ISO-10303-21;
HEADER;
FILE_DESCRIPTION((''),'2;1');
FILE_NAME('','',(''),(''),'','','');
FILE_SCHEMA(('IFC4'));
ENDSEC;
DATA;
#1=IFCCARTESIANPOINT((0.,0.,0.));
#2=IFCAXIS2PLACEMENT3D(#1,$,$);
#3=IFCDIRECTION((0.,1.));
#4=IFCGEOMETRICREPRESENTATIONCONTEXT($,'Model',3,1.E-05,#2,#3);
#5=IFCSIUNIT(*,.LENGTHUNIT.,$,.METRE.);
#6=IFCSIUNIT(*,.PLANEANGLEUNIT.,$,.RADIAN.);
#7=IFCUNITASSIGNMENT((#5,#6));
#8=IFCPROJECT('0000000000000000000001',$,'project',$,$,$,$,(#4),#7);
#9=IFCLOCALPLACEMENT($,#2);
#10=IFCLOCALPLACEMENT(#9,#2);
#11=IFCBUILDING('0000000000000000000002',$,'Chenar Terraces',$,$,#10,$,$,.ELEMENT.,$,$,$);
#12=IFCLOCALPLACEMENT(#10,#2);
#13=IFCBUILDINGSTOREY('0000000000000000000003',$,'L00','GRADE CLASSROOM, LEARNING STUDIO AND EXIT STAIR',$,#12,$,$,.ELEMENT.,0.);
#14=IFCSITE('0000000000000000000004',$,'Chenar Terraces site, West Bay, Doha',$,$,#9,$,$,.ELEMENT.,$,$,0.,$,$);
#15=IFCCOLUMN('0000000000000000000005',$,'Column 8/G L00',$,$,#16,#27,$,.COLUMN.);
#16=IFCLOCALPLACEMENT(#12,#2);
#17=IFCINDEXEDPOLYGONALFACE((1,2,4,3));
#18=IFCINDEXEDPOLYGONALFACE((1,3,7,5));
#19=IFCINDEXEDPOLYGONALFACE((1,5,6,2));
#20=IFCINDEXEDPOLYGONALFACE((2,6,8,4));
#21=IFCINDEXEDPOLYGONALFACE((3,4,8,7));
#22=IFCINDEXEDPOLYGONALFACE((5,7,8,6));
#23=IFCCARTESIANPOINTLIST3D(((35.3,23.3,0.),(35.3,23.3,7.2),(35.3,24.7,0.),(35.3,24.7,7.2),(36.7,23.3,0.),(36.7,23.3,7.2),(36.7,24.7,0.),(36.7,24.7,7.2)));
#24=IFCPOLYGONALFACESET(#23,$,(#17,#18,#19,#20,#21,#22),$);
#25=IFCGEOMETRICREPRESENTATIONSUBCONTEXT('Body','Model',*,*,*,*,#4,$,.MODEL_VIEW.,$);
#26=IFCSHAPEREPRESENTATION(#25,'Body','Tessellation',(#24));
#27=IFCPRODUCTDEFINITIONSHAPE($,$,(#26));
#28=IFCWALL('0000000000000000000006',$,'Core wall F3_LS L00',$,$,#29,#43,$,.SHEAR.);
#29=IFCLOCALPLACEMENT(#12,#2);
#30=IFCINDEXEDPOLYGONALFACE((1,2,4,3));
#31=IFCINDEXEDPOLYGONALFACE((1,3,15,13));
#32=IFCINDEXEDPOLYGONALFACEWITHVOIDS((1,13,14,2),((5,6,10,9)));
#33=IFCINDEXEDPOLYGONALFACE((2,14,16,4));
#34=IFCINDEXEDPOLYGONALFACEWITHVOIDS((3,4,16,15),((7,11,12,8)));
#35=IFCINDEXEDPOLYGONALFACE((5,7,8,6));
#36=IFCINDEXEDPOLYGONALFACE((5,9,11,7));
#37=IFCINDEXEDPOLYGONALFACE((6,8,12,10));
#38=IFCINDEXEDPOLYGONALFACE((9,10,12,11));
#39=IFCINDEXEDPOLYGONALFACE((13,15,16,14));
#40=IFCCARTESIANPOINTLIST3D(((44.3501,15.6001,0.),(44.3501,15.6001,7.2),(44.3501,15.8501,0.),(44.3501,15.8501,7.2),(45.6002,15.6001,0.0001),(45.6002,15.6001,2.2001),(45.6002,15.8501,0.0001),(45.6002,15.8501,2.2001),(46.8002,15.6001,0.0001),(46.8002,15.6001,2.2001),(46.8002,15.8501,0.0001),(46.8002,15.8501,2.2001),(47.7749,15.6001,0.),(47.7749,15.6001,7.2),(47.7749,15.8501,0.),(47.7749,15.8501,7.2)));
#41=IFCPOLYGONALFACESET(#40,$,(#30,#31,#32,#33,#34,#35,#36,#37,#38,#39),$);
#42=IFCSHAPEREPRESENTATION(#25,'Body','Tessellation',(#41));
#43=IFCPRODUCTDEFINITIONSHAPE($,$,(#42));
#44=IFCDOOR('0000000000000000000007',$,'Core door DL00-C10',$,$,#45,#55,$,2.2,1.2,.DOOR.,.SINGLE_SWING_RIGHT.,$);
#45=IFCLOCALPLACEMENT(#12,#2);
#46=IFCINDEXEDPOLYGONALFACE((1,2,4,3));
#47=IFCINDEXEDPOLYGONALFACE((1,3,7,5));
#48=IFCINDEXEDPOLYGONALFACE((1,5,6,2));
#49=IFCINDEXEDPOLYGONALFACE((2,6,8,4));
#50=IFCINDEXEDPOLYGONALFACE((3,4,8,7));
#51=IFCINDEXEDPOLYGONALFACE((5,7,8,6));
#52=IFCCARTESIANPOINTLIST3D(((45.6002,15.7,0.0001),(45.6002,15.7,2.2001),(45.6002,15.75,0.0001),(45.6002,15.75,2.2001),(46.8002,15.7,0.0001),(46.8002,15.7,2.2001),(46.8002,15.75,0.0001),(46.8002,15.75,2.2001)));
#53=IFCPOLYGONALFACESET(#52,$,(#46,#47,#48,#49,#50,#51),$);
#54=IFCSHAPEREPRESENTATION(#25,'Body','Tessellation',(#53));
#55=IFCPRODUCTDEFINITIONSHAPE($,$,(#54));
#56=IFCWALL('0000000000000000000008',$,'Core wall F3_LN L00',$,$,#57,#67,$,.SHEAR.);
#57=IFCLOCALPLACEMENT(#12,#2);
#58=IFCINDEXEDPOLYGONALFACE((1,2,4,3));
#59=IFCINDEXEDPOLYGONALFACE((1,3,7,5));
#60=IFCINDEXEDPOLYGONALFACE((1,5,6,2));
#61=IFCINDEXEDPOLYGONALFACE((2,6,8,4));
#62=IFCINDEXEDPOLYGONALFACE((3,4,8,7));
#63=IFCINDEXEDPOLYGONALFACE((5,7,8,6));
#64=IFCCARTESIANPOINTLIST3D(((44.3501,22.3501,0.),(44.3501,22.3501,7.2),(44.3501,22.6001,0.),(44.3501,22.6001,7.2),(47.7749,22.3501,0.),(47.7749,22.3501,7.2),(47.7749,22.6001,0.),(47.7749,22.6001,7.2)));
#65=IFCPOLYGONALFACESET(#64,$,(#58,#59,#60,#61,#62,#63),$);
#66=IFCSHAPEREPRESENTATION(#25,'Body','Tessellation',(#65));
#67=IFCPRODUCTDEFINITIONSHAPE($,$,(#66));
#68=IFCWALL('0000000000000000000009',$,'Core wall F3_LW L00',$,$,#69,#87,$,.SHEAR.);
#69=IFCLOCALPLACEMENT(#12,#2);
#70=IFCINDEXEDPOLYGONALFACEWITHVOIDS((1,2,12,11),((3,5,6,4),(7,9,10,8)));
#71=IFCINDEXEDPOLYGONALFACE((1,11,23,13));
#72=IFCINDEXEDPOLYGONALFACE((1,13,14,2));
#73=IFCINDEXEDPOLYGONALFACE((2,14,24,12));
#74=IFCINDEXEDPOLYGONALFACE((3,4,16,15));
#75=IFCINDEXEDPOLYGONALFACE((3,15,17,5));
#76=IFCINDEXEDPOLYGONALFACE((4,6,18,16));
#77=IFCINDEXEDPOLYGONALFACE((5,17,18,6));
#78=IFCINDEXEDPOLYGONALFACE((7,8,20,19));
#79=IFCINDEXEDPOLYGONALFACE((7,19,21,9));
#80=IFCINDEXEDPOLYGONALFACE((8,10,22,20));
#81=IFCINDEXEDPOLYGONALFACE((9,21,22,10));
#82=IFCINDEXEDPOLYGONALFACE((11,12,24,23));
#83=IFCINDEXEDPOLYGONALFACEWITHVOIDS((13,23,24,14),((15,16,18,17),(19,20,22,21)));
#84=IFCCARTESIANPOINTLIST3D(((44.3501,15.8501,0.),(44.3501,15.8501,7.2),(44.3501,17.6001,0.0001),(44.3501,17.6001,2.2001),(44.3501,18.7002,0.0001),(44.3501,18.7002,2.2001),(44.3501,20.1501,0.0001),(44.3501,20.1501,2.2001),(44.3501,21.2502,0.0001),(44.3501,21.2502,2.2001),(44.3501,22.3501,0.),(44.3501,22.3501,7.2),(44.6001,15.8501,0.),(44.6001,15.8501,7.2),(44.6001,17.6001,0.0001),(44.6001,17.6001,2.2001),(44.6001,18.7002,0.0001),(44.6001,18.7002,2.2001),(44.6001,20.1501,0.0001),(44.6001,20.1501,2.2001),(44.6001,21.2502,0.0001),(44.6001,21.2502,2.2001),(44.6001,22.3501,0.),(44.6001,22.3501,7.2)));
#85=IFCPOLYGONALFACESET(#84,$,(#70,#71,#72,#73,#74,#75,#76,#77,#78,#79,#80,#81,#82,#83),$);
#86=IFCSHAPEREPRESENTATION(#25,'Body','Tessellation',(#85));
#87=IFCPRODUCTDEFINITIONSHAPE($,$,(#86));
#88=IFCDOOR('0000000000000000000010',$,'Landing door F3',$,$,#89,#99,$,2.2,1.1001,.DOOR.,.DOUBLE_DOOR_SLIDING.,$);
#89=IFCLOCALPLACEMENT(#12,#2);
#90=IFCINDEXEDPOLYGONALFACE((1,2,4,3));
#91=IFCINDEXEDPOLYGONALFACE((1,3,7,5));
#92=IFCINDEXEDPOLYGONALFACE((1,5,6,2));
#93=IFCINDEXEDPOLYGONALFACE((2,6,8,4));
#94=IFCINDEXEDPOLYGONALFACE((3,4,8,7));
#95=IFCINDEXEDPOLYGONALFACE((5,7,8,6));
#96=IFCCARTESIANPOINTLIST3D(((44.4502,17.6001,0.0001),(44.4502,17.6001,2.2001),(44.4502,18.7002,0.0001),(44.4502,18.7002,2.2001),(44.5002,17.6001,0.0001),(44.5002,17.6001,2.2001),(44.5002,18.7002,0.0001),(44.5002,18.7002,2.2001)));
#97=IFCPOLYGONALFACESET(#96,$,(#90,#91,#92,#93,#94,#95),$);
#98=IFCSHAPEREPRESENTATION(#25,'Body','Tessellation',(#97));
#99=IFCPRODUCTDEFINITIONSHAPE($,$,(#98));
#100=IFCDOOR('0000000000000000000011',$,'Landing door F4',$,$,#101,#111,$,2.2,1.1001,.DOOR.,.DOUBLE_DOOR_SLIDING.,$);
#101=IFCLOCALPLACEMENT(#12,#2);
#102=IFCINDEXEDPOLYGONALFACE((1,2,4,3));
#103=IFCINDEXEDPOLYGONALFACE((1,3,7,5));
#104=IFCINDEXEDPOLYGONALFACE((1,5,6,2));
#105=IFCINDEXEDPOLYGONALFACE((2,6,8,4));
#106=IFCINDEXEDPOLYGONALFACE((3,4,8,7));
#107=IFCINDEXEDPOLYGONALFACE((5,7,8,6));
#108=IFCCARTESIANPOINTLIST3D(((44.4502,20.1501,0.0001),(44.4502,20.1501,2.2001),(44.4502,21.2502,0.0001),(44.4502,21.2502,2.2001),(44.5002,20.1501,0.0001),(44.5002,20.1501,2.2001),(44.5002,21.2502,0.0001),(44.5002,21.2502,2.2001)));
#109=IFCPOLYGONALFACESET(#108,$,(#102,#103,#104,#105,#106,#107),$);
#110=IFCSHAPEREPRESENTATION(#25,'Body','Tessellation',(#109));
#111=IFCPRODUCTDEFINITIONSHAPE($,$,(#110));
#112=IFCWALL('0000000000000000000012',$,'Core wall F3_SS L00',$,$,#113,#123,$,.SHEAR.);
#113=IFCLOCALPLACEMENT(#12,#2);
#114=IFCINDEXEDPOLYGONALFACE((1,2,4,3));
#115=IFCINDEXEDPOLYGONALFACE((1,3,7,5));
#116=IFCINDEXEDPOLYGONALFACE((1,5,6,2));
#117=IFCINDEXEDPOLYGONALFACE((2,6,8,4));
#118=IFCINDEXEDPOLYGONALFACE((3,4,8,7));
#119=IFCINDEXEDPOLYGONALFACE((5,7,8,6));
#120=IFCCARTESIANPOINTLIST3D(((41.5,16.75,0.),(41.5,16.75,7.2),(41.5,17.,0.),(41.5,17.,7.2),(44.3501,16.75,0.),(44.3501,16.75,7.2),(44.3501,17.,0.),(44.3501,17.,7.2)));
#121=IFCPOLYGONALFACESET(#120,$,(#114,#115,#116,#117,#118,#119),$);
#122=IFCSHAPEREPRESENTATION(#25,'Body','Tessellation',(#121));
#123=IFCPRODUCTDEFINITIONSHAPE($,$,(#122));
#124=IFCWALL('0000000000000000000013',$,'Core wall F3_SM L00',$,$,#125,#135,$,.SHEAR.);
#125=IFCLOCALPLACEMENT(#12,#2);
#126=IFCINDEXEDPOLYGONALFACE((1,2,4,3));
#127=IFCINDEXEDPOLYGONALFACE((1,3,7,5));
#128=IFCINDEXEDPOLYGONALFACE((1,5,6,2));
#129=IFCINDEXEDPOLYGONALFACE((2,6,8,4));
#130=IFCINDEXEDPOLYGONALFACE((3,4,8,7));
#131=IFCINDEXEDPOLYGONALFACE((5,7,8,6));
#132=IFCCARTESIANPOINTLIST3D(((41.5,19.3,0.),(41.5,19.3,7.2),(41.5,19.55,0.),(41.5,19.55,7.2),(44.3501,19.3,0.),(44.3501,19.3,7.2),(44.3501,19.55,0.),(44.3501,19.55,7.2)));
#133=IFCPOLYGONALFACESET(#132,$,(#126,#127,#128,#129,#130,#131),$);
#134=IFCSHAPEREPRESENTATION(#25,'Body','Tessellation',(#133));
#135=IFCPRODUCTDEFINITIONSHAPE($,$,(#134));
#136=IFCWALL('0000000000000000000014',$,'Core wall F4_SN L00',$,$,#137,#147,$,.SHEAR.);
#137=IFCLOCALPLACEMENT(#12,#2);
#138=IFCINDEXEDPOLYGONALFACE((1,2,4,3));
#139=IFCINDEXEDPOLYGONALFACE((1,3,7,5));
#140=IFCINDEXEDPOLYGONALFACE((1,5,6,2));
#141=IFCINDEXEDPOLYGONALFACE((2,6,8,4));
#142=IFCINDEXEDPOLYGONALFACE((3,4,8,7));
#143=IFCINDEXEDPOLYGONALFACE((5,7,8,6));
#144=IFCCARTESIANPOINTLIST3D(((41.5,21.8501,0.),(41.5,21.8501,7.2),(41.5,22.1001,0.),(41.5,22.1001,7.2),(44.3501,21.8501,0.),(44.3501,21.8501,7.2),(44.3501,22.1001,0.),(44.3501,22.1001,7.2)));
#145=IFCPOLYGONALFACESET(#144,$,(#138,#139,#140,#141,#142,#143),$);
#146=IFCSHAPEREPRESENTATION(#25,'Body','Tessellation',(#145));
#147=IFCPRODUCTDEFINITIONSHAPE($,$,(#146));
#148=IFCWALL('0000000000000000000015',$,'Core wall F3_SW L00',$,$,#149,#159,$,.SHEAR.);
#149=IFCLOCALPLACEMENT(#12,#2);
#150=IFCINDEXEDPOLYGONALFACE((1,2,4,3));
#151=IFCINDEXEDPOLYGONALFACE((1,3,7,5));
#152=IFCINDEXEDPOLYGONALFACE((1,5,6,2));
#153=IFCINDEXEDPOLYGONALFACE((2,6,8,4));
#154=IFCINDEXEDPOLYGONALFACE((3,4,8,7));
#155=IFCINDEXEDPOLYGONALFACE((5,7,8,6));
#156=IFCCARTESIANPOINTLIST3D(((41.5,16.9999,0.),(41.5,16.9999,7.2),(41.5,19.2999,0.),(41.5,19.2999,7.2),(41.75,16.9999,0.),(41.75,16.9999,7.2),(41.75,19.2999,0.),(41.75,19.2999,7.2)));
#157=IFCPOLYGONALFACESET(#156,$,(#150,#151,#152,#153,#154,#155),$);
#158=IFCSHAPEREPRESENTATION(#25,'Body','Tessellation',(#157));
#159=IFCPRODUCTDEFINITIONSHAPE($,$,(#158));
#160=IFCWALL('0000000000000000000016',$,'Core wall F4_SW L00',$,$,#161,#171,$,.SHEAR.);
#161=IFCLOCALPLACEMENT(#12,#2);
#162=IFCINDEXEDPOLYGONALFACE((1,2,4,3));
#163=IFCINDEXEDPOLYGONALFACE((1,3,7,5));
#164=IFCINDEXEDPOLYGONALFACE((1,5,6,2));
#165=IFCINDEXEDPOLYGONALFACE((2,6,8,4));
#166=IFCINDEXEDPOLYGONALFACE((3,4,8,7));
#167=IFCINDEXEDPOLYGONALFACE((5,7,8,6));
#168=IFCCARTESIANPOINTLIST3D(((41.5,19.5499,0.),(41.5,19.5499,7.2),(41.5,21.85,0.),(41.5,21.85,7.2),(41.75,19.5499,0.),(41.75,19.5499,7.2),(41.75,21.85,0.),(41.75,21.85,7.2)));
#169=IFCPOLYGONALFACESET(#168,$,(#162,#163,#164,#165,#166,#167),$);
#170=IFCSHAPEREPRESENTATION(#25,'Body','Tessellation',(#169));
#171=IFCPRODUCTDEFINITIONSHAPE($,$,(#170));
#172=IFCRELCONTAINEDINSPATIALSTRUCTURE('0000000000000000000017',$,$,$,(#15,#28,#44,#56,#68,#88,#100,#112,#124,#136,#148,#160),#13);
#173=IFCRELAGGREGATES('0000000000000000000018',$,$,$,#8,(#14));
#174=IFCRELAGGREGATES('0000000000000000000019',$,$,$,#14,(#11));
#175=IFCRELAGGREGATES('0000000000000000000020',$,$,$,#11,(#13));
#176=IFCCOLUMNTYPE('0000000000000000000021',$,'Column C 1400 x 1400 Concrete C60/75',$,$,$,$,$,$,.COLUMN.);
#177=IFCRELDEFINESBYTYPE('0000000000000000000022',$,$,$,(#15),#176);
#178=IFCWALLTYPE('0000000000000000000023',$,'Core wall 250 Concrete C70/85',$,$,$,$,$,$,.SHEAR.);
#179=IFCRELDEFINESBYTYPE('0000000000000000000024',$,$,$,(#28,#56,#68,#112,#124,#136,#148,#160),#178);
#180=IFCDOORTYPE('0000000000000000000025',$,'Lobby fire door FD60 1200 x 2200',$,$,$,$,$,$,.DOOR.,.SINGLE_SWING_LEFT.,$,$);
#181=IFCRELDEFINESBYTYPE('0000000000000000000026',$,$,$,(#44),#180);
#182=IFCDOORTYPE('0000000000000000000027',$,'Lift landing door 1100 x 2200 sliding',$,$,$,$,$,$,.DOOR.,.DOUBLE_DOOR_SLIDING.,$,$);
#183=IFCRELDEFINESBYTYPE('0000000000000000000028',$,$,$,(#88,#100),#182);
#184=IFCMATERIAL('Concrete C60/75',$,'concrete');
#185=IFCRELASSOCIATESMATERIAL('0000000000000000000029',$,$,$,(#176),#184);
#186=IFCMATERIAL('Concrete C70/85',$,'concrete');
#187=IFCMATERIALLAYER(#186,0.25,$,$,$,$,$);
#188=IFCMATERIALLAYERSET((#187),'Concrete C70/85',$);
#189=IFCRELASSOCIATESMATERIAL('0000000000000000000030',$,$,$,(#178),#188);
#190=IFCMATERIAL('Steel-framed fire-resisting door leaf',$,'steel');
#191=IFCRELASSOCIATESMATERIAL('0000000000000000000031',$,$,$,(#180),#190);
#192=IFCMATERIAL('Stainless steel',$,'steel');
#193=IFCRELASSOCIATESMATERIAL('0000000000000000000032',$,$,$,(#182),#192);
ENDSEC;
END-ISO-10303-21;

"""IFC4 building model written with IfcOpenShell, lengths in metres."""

from ifc_helpers import new_model, si_unit, direction, frame, frame_2d, origin, origin_2d, place, context, subcontext, project, spatial, rectangle, extrude, material, layer, layer_set, material_profile, profile_set, type_object, element, fill, save


model = new_model("IFC4")

# Units and contexts
model_context = context("Model", 3, precision=1e-05, world=origin(), true_north=direction((0.0, 1.0)))
body_context = subcontext(model_context, "Body", "Model", "MODEL_VIEW")
ifc_project = project(units=[si_unit("LENGTHUNIT", "METRE"), si_unit("PLANEANGLEUNIT", "RADIAN")], contexts=[model_context])

# Site, building, storey
site_placement = place(None, origin())
site = spatial("IfcSite", under=ifc_project, at=site_placement, Name="Chenar Terraces site, West Bay, Doha", CompositionType="ELEMENT", RefElevation=0.0)
building_placement = place(site_placement, origin())
building = spatial("IfcBuilding", under=site, at=building_placement, Name="Chenar Terraces", CompositionType="ELEMENT")
storey_placement = place(building_placement, origin())
storey = spatial("IfcBuildingStorey", under=building, at=storey_placement, Name="L00", Description="GRADE CLASSROOM, LEARNING STUDIO AND EXIT STAIR", CompositionType="ELEMENT", Elevation=0.0)

# Column
ifc_material_1 = material(Name="Concrete C60/75", Category="concrete")
ifc_material_profile = material_profile(ifc_material_1, rectangle(XDim=1.3999, YDim=1.3999, at=origin_2d()), Name="C 1400 x 1400")
ifc_profile_set = profile_set([ifc_material_profile], Name="Concrete C60/75")
column_type = type_object("IfcColumnType", Name="Column C 1400 x 1400 Concrete C60/75", PredefinedType="COLUMN", material=ifc_profile_set)
column_placement = place(storey_placement, frame((36.0, 24.0, 0.0), z_axis=(0.0, 0.0, 1.0), x_axis=(1.0, 0.0, 0.0)))
element("IfcColumn", 1, at=column_placement, inside=storey, type_object=column_type, Name="Column 8/G L00", PredefinedType="COLUMN", context=body_context, shape_type="SweptSolid", body=[
    extrude(rectangle(XDim=1.3999, YDim=1.3999, at=origin_2d()), origin(), (0.0, 0.0, 1.0), 7.2),
])

# Wall, opening, door
ifc_material_2 = material(Name="Concrete C70/85", Category="concrete")
ifc_layer_1 = layer(ifc_material_2, 0.25)
ifc_layer_set_1 = layer_set([ifc_layer_1], Name="Concrete C70/85")
wall_type_1 = type_object("IfcWallType", Name="Core wall 250 Concrete C70/85", PredefinedType="SHEAR", material=ifc_layer_set_1)
wall_1_placement = place(storey_placement, frame((44.3501, 15.7251, 0.0), z_axis=(0.0, 0.0, 1.0), x_axis=(1.0, 0.0, 0.0)))
wall_1 = element("IfcWall", 2, at=wall_1_placement, inside=storey, type_object=wall_type_1, Name="Core wall F3_LS L00", PredefinedType="SHEAR", context=body_context, shape_type="SweptSolid", body=[
    extrude(rectangle(XDim=3.4248, YDim=0.25, at=frame_2d((1.7124, 0.0))), origin(), (0.0, 0.0, 1.0), 7.2),
])
opening_1_placement = place(wall_1_placement, frame((1.25, 0.0, 0.0)))
opening_1 = element("IfcOpeningElement", 3, at=opening_1_placement, cuts=wall_1, PredefinedType="OPENING", context=body_context, shape_type="SweptSolid", body=[
    extrude(rectangle(XDim=1.2, YDim=2.2, at=frame_2d((0.6001, 1.1001))), frame((0.0, 0.135, 0.0), z_axis=(0.0, -1.0, 0.0), x_axis=(1.0, 0.0, 0.0)), (0.0, 0.0, 1.0), 0.27),
])
ifc_material_3 = material(Name="Steel-framed fire-resisting door leaf", Category="steel")
door_type_1 = type_object("IfcDoorType", Name="Lobby fire door FD60 1200 x 2200", OperationType="SINGLE_SWING_LEFT", PredefinedType="DOOR", material=ifc_material_3)
door_1_placement = place(opening_1_placement, origin())
door_1 = element("IfcDoor", 4, at=door_1_placement, inside=storey, type_object=door_type_1, Name="Core door DL00-C10", OperationType="SINGLE_SWING_RIGHT", OverallHeight=2.2, OverallWidth=1.2, PredefinedType="DOOR", context=body_context, shape_type="SweptSolid", body=[
    extrude(rectangle(XDim=1.2, YDim=2.2, at=frame_2d((0.6001, 1.1001))), frame((0.0, 0.0249, 0.0), z_axis=(0.0, -1.0, 0.0), x_axis=(1.0, 0.0, 0.0)), (0.0, 0.0, 1.0), 0.05),
])
fill(opening_1, door_1)

# Wall
wall_2_placement = place(storey_placement, frame((44.3501, 22.4751, 0.0), z_axis=(0.0, 0.0, 1.0), x_axis=(1.0, 0.0, 0.0)))
element("IfcWall", 5, at=wall_2_placement, inside=storey, type_object=wall_type_1, Name="Core wall F3_LN L00", PredefinedType="SHEAR", context=body_context, shape_type="SweptSolid", body=[
    extrude(rectangle(XDim=3.4248, YDim=0.25, at=frame_2d((1.7124, 0.0))), origin(), (0.0, 0.0, 1.0), 7.2),
])

# Wall, openings, doors
wall_3_placement = place(storey_placement, frame((44.4751, 15.8501, 0.0), z_axis=(0.0, 0.0, 1.0), x_axis=(0.0, 1.0, 0.0)))
wall_3 = element("IfcWall", 6, at=wall_3_placement, inside=storey, type_object=wall_type_1, Name="Core wall F3_LW L00", PredefinedType="SHEAR", context=body_context, shape_type="SweptSolid", body=[
    extrude(rectangle(XDim=6.5, YDim=0.25, at=frame_2d((3.25, 0.0))), origin(), (0.0, 0.0, 1.0), 7.2),
])
opening_2_placement = place(wall_3_placement, frame((1.75, 0.0, 0.0)))
opening_2 = element("IfcOpeningElement", 7, at=opening_2_placement, cuts=wall_3, PredefinedType="OPENING", context=body_context, shape_type="SweptSolid", body=[
    extrude(rectangle(XDim=1.1001, YDim=2.2, at=frame_2d((0.55, 1.1001))), frame((0.0, 0.135, 0.0), z_axis=(0.0, -1.0, 0.0), x_axis=(1.0, 0.0, 0.0)), (0.0, 0.0, 1.0), 0.27),
])
opening_3_placement = place(wall_3_placement, frame((4.3, 0.0, 0.0)))
opening_3 = element("IfcOpeningElement", 8, at=opening_3_placement, cuts=wall_3, PredefinedType="OPENING", context=body_context, shape_type="SweptSolid", body=[
    extrude(rectangle(XDim=1.1001, YDim=2.2, at=frame_2d((0.55, 1.1001))), frame((0.0, 0.135, 0.0), z_axis=(0.0, -1.0, 0.0), x_axis=(1.0, 0.0, 0.0)), (0.0, 0.0, 1.0), 0.27),
])
ifc_material_4 = material(Name="Stainless steel", Category="steel")
door_type_2 = type_object("IfcDoorType", Name="Lift landing door 1100 x 2200 sliding", OperationType="DOUBLE_DOOR_SLIDING", PredefinedType="DOOR", material=ifc_material_4)
door_2_placement = place(opening_2_placement, origin())
door_2 = element("IfcDoor", 9, at=door_2_placement, inside=storey, type_object=door_type_2, Name="Landing door F3", OperationType="DOUBLE_DOOR_SLIDING", OverallHeight=2.2, OverallWidth=1.1001, PredefinedType="DOOR", context=body_context, shape_type="SweptSolid", body=[
    extrude(rectangle(XDim=1.1001, YDim=2.2, at=frame_2d((0.55, 1.1001))), frame((0.0, 0.0249, 0.0), z_axis=(0.0, -1.0, 0.0), x_axis=(1.0, 0.0, 0.0)), (0.0, 0.0, 1.0), 0.05),
])
fill(opening_2, door_2)
door_3_placement = place(opening_3_placement, origin())
door_3 = element("IfcDoor", 10, at=door_3_placement, inside=storey, type_object=door_type_2, Name="Landing door F4", OperationType="DOUBLE_DOOR_SLIDING", OverallHeight=2.2, OverallWidth=1.1001, PredefinedType="DOOR", context=body_context, shape_type="SweptSolid", body=[
    extrude(rectangle(XDim=1.1001, YDim=2.2, at=frame_2d((0.55, 1.1001))), frame((0.0, 0.0249, 0.0), z_axis=(0.0, -1.0, 0.0), x_axis=(1.0, 0.0, 0.0)), (0.0, 0.0, 1.0), 0.05),
])
fill(opening_3, door_3)

# Walls
for number, where, z_axis, x_axis, name in (
    (11, (41.5, 16.875, 0.0), (0.0, 0.0, 1.0), (1.0, 0.0, 0.0), "Core wall F3_SS L00"),
    (12, (41.5, 19.425, 0.0), (0.0, 0.0, 1.0), (1.0, 0.0, 0.0), "Core wall F3_SM L00"),
    (13, (41.5, 21.9751, 0.0), (0.0, 0.0, 1.0), (1.0, 0.0, 0.0), "Core wall F4_SN L00"),
):
    element("IfcWall", number, at=place(storey_placement, frame(where, z_axis=z_axis, x_axis=x_axis)), inside=storey, type_object=wall_type_1, Name=name, PredefinedType="SHEAR", context=body_context, shape_type="SweptSolid", body=[
        extrude(rectangle(XDim=2.8501, YDim=0.25, at=frame_2d((1.425, 0.0))), origin(), (0.0, 0.0, 1.0), 7.2),
    ])
for number, where, z_axis, x_axis, name in (
    (14, (41.625, 17.0, 0.0), (0.0, 0.0, 1.0), (0.0, 1.0, 0.0), "Core wall F3_SW L00"),
    (15, (41.625, 19.55, 0.0), (0.0, 0.0, 1.0), (0.0, 1.0, 0.0), "Core wall F4_SW L00"),
):
    element("IfcWall", number, at=place(storey_placement, frame(where, z_axis=z_axis, x_axis=x_axis)), inside=storey, type_object=wall_type_1, Name=name, PredefinedType="SHEAR", context=body_context, shape_type="SweptSolid", body=[
        extrude(rectangle(XDim=2.3, YDim=0.25, at=frame_2d((1.1499, 0.0))), origin(), (0.0, 0.0, 1.0), 7.2),
    ])

save(model, "model.ifc")
